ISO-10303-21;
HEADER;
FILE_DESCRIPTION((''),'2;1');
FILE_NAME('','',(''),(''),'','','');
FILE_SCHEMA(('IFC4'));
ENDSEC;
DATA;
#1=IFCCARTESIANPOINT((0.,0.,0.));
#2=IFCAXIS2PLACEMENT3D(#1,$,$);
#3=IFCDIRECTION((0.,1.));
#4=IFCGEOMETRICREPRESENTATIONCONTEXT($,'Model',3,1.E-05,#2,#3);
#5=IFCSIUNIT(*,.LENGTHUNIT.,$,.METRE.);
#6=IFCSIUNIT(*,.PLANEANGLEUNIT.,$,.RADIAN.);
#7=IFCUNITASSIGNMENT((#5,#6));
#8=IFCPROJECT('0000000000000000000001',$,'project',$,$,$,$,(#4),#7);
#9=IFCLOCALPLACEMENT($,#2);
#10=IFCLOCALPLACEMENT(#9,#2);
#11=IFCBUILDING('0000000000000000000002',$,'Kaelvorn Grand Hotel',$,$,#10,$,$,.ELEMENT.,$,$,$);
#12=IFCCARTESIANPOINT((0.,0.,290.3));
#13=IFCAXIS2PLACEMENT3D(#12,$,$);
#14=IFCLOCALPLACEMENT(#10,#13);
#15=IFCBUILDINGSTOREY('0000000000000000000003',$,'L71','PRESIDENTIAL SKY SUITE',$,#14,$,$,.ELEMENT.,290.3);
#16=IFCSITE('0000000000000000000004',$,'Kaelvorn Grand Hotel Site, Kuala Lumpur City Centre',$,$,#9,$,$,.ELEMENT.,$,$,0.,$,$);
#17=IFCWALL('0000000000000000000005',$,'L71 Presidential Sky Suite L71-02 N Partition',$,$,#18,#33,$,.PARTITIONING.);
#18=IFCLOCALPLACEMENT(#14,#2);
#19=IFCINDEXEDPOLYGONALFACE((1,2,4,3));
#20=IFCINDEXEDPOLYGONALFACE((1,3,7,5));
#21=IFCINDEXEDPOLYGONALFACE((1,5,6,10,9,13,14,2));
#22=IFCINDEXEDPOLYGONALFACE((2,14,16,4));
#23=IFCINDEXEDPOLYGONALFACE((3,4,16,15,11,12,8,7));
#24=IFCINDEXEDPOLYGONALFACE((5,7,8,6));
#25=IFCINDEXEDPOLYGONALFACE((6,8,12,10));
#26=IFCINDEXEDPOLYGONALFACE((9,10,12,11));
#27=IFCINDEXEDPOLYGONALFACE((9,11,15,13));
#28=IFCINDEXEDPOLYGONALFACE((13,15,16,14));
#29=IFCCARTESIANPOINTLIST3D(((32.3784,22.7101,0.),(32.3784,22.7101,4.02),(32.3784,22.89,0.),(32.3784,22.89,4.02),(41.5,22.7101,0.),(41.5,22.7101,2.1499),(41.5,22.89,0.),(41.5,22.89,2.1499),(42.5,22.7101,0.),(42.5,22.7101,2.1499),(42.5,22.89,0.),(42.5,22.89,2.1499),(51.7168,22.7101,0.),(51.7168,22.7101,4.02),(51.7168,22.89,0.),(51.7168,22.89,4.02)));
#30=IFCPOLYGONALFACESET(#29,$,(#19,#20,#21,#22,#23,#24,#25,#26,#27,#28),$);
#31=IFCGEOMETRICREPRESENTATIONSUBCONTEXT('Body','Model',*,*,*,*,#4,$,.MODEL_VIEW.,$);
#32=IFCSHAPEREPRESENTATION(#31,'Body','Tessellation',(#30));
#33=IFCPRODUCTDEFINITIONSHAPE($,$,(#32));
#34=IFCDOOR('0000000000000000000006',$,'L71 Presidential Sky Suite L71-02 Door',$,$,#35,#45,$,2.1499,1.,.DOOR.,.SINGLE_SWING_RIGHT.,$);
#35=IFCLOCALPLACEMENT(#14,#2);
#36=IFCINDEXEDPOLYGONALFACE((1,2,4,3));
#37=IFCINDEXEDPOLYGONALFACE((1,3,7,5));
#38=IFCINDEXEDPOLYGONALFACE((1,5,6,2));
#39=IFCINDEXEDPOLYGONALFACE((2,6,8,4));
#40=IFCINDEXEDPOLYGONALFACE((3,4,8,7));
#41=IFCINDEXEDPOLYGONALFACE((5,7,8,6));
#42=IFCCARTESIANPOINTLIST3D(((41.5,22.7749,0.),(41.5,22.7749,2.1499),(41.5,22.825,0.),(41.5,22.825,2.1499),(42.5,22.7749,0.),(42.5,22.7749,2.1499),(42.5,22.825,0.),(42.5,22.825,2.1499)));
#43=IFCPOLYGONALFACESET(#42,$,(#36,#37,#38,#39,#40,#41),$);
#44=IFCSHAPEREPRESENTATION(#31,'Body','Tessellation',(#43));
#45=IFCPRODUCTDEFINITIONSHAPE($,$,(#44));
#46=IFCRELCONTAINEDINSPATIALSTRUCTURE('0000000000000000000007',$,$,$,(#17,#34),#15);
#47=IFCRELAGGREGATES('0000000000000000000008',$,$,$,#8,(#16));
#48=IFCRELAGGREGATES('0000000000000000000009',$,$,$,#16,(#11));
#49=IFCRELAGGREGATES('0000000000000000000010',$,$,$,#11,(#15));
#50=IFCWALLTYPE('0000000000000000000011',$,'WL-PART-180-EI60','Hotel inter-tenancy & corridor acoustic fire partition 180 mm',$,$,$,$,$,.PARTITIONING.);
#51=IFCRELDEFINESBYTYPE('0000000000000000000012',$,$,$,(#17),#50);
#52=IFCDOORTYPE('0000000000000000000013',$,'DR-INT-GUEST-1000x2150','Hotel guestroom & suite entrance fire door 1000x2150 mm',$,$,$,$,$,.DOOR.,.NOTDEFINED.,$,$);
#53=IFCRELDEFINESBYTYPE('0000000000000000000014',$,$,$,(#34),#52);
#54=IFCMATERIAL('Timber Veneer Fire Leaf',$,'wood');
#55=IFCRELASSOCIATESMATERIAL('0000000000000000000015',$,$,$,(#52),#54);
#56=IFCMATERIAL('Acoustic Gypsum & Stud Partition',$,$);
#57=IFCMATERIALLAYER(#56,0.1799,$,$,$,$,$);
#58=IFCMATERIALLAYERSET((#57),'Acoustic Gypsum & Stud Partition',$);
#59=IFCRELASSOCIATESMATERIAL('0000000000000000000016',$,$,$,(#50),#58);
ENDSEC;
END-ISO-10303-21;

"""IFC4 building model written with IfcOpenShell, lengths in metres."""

from ifc_helpers import new_model, si_unit, direction, frame, frame_2d, origin, place, context, subcontext, project, spatial, rectangle, extrude, material, layer, layer_set, type_object, element, fill, save


model = new_model("IFC4")

# Units and contexts
model_context = context("Model", 3, precision=1e-05, world=origin(), true_north=direction((0.0, 1.0)))
body_context = subcontext(model_context, "Body", "Model", "MODEL_VIEW")
ifc_project = project(units=[si_unit("LENGTHUNIT", "METRE"), si_unit("PLANEANGLEUNIT", "RADIAN")], contexts=[model_context])

# Site, building, storey
site_placement = place(None, origin())
site = spatial("IfcSite", under=ifc_project, at=site_placement, Name="Kaelvorn Grand Hotel Site, Kuala Lumpur City Centre", CompositionType="ELEMENT", RefElevation=0.0)
building_placement = place(site_placement, origin())
building = spatial("IfcBuilding", under=site, at=building_placement, Name="Kaelvorn Grand Hotel", CompositionType="ELEMENT")
storey_placement = place(building_placement, frame((0.0, 0.0, 290.3)))
storey = spatial("IfcBuildingStorey", under=building, at=storey_placement, Name="L71", Description="PRESIDENTIAL SKY SUITE", CompositionType="ELEMENT", Elevation=290.3)

# Shared definitions
ifc_material_1 = material(Name="Acoustic Gypsum & Stud Partition")

# Shared definitions
ifc_material_2 = material(Name="Timber Veneer Fire Leaf", Category="wood")
door_type_1 = type_object("IfcDoorType", Name="DR-INT-GUEST-1000x2150", Description="Hotel guestroom & suite entrance fire door 1000x2150 mm", OperationType="NOTDEFINED", PredefinedType="DOOR", material=ifc_material_2)

# Wall, opening, door
ifc_layer_1 = layer(ifc_material_1, 0.1799)
ifc_layer_set_1 = layer_set([ifc_layer_1], Name="Acoustic Gypsum & Stud Partition")
wall_type_1 = type_object("IfcWallType", Name="WL-PART-180-EI60", Description="Hotel inter-tenancy & corridor acoustic fire partition 180 mm", PredefinedType="PARTITIONING", material=ifc_layer_set_1)
wall_1_placement = place(storey_placement, frame((32.3784, 22.8, 0.0), z_axis=(0.0, 0.0, 1.0), x_axis=(1.0, 0.0, 0.0)))
wall_1 = element("IfcWall", 1, at=wall_1_placement, inside=storey, type_object=wall_type_1, Name="L71 Presidential Sky Suite L71-02 N Partition", PredefinedType="PARTITIONING", context=body_context, shape_type="SweptSolid", body=[
    extrude(rectangle(XDim=19.3384, YDim=0.1799, at=frame_2d((9.6692, 0.0))), origin(), (0.0, 0.0, 1.0), 4.02),
])
opening_1_placement = place(wall_1_placement, frame((9.1216, 0.0, 0.0)))
opening_1 = element("IfcOpeningElement", 2, at=opening_1_placement, cuts=wall_1, PredefinedType="OPENING", context=body_context, shape_type="SweptSolid", body=[
    extrude(rectangle(XDim=1.0, YDim=2.1499, at=frame_2d((0.5, 1.075))), frame((0.0, 0.1001, 0.0), z_axis=(0.0, -1.0, 0.0), x_axis=(1.0, 0.0, 0.0)), (0.0, 0.0, 1.0), 0.2),
])
door_1_placement = place(opening_1_placement, origin())
door_1 = element("IfcDoor", 3, at=door_1_placement, inside=storey, type_object=door_type_1, Name="L71 Presidential Sky Suite L71-02 Door", OperationType="SINGLE_SWING_RIGHT", OverallHeight=2.1499, OverallWidth=1.0, PredefinedType="DOOR", context=body_context, shape_type="SweptSolid", body=[
    extrude(rectangle(XDim=1.0, YDim=2.1499, at=frame_2d((0.5, 1.075))), frame((0.0, 0.0249, 0.0), z_axis=(0.0, -1.0, 0.0), x_axis=(1.0, 0.0, 0.0)), (0.0, 0.0, 1.0), 0.05),
])
fill(opening_1, door_1)

save(model, "model.ifc")
